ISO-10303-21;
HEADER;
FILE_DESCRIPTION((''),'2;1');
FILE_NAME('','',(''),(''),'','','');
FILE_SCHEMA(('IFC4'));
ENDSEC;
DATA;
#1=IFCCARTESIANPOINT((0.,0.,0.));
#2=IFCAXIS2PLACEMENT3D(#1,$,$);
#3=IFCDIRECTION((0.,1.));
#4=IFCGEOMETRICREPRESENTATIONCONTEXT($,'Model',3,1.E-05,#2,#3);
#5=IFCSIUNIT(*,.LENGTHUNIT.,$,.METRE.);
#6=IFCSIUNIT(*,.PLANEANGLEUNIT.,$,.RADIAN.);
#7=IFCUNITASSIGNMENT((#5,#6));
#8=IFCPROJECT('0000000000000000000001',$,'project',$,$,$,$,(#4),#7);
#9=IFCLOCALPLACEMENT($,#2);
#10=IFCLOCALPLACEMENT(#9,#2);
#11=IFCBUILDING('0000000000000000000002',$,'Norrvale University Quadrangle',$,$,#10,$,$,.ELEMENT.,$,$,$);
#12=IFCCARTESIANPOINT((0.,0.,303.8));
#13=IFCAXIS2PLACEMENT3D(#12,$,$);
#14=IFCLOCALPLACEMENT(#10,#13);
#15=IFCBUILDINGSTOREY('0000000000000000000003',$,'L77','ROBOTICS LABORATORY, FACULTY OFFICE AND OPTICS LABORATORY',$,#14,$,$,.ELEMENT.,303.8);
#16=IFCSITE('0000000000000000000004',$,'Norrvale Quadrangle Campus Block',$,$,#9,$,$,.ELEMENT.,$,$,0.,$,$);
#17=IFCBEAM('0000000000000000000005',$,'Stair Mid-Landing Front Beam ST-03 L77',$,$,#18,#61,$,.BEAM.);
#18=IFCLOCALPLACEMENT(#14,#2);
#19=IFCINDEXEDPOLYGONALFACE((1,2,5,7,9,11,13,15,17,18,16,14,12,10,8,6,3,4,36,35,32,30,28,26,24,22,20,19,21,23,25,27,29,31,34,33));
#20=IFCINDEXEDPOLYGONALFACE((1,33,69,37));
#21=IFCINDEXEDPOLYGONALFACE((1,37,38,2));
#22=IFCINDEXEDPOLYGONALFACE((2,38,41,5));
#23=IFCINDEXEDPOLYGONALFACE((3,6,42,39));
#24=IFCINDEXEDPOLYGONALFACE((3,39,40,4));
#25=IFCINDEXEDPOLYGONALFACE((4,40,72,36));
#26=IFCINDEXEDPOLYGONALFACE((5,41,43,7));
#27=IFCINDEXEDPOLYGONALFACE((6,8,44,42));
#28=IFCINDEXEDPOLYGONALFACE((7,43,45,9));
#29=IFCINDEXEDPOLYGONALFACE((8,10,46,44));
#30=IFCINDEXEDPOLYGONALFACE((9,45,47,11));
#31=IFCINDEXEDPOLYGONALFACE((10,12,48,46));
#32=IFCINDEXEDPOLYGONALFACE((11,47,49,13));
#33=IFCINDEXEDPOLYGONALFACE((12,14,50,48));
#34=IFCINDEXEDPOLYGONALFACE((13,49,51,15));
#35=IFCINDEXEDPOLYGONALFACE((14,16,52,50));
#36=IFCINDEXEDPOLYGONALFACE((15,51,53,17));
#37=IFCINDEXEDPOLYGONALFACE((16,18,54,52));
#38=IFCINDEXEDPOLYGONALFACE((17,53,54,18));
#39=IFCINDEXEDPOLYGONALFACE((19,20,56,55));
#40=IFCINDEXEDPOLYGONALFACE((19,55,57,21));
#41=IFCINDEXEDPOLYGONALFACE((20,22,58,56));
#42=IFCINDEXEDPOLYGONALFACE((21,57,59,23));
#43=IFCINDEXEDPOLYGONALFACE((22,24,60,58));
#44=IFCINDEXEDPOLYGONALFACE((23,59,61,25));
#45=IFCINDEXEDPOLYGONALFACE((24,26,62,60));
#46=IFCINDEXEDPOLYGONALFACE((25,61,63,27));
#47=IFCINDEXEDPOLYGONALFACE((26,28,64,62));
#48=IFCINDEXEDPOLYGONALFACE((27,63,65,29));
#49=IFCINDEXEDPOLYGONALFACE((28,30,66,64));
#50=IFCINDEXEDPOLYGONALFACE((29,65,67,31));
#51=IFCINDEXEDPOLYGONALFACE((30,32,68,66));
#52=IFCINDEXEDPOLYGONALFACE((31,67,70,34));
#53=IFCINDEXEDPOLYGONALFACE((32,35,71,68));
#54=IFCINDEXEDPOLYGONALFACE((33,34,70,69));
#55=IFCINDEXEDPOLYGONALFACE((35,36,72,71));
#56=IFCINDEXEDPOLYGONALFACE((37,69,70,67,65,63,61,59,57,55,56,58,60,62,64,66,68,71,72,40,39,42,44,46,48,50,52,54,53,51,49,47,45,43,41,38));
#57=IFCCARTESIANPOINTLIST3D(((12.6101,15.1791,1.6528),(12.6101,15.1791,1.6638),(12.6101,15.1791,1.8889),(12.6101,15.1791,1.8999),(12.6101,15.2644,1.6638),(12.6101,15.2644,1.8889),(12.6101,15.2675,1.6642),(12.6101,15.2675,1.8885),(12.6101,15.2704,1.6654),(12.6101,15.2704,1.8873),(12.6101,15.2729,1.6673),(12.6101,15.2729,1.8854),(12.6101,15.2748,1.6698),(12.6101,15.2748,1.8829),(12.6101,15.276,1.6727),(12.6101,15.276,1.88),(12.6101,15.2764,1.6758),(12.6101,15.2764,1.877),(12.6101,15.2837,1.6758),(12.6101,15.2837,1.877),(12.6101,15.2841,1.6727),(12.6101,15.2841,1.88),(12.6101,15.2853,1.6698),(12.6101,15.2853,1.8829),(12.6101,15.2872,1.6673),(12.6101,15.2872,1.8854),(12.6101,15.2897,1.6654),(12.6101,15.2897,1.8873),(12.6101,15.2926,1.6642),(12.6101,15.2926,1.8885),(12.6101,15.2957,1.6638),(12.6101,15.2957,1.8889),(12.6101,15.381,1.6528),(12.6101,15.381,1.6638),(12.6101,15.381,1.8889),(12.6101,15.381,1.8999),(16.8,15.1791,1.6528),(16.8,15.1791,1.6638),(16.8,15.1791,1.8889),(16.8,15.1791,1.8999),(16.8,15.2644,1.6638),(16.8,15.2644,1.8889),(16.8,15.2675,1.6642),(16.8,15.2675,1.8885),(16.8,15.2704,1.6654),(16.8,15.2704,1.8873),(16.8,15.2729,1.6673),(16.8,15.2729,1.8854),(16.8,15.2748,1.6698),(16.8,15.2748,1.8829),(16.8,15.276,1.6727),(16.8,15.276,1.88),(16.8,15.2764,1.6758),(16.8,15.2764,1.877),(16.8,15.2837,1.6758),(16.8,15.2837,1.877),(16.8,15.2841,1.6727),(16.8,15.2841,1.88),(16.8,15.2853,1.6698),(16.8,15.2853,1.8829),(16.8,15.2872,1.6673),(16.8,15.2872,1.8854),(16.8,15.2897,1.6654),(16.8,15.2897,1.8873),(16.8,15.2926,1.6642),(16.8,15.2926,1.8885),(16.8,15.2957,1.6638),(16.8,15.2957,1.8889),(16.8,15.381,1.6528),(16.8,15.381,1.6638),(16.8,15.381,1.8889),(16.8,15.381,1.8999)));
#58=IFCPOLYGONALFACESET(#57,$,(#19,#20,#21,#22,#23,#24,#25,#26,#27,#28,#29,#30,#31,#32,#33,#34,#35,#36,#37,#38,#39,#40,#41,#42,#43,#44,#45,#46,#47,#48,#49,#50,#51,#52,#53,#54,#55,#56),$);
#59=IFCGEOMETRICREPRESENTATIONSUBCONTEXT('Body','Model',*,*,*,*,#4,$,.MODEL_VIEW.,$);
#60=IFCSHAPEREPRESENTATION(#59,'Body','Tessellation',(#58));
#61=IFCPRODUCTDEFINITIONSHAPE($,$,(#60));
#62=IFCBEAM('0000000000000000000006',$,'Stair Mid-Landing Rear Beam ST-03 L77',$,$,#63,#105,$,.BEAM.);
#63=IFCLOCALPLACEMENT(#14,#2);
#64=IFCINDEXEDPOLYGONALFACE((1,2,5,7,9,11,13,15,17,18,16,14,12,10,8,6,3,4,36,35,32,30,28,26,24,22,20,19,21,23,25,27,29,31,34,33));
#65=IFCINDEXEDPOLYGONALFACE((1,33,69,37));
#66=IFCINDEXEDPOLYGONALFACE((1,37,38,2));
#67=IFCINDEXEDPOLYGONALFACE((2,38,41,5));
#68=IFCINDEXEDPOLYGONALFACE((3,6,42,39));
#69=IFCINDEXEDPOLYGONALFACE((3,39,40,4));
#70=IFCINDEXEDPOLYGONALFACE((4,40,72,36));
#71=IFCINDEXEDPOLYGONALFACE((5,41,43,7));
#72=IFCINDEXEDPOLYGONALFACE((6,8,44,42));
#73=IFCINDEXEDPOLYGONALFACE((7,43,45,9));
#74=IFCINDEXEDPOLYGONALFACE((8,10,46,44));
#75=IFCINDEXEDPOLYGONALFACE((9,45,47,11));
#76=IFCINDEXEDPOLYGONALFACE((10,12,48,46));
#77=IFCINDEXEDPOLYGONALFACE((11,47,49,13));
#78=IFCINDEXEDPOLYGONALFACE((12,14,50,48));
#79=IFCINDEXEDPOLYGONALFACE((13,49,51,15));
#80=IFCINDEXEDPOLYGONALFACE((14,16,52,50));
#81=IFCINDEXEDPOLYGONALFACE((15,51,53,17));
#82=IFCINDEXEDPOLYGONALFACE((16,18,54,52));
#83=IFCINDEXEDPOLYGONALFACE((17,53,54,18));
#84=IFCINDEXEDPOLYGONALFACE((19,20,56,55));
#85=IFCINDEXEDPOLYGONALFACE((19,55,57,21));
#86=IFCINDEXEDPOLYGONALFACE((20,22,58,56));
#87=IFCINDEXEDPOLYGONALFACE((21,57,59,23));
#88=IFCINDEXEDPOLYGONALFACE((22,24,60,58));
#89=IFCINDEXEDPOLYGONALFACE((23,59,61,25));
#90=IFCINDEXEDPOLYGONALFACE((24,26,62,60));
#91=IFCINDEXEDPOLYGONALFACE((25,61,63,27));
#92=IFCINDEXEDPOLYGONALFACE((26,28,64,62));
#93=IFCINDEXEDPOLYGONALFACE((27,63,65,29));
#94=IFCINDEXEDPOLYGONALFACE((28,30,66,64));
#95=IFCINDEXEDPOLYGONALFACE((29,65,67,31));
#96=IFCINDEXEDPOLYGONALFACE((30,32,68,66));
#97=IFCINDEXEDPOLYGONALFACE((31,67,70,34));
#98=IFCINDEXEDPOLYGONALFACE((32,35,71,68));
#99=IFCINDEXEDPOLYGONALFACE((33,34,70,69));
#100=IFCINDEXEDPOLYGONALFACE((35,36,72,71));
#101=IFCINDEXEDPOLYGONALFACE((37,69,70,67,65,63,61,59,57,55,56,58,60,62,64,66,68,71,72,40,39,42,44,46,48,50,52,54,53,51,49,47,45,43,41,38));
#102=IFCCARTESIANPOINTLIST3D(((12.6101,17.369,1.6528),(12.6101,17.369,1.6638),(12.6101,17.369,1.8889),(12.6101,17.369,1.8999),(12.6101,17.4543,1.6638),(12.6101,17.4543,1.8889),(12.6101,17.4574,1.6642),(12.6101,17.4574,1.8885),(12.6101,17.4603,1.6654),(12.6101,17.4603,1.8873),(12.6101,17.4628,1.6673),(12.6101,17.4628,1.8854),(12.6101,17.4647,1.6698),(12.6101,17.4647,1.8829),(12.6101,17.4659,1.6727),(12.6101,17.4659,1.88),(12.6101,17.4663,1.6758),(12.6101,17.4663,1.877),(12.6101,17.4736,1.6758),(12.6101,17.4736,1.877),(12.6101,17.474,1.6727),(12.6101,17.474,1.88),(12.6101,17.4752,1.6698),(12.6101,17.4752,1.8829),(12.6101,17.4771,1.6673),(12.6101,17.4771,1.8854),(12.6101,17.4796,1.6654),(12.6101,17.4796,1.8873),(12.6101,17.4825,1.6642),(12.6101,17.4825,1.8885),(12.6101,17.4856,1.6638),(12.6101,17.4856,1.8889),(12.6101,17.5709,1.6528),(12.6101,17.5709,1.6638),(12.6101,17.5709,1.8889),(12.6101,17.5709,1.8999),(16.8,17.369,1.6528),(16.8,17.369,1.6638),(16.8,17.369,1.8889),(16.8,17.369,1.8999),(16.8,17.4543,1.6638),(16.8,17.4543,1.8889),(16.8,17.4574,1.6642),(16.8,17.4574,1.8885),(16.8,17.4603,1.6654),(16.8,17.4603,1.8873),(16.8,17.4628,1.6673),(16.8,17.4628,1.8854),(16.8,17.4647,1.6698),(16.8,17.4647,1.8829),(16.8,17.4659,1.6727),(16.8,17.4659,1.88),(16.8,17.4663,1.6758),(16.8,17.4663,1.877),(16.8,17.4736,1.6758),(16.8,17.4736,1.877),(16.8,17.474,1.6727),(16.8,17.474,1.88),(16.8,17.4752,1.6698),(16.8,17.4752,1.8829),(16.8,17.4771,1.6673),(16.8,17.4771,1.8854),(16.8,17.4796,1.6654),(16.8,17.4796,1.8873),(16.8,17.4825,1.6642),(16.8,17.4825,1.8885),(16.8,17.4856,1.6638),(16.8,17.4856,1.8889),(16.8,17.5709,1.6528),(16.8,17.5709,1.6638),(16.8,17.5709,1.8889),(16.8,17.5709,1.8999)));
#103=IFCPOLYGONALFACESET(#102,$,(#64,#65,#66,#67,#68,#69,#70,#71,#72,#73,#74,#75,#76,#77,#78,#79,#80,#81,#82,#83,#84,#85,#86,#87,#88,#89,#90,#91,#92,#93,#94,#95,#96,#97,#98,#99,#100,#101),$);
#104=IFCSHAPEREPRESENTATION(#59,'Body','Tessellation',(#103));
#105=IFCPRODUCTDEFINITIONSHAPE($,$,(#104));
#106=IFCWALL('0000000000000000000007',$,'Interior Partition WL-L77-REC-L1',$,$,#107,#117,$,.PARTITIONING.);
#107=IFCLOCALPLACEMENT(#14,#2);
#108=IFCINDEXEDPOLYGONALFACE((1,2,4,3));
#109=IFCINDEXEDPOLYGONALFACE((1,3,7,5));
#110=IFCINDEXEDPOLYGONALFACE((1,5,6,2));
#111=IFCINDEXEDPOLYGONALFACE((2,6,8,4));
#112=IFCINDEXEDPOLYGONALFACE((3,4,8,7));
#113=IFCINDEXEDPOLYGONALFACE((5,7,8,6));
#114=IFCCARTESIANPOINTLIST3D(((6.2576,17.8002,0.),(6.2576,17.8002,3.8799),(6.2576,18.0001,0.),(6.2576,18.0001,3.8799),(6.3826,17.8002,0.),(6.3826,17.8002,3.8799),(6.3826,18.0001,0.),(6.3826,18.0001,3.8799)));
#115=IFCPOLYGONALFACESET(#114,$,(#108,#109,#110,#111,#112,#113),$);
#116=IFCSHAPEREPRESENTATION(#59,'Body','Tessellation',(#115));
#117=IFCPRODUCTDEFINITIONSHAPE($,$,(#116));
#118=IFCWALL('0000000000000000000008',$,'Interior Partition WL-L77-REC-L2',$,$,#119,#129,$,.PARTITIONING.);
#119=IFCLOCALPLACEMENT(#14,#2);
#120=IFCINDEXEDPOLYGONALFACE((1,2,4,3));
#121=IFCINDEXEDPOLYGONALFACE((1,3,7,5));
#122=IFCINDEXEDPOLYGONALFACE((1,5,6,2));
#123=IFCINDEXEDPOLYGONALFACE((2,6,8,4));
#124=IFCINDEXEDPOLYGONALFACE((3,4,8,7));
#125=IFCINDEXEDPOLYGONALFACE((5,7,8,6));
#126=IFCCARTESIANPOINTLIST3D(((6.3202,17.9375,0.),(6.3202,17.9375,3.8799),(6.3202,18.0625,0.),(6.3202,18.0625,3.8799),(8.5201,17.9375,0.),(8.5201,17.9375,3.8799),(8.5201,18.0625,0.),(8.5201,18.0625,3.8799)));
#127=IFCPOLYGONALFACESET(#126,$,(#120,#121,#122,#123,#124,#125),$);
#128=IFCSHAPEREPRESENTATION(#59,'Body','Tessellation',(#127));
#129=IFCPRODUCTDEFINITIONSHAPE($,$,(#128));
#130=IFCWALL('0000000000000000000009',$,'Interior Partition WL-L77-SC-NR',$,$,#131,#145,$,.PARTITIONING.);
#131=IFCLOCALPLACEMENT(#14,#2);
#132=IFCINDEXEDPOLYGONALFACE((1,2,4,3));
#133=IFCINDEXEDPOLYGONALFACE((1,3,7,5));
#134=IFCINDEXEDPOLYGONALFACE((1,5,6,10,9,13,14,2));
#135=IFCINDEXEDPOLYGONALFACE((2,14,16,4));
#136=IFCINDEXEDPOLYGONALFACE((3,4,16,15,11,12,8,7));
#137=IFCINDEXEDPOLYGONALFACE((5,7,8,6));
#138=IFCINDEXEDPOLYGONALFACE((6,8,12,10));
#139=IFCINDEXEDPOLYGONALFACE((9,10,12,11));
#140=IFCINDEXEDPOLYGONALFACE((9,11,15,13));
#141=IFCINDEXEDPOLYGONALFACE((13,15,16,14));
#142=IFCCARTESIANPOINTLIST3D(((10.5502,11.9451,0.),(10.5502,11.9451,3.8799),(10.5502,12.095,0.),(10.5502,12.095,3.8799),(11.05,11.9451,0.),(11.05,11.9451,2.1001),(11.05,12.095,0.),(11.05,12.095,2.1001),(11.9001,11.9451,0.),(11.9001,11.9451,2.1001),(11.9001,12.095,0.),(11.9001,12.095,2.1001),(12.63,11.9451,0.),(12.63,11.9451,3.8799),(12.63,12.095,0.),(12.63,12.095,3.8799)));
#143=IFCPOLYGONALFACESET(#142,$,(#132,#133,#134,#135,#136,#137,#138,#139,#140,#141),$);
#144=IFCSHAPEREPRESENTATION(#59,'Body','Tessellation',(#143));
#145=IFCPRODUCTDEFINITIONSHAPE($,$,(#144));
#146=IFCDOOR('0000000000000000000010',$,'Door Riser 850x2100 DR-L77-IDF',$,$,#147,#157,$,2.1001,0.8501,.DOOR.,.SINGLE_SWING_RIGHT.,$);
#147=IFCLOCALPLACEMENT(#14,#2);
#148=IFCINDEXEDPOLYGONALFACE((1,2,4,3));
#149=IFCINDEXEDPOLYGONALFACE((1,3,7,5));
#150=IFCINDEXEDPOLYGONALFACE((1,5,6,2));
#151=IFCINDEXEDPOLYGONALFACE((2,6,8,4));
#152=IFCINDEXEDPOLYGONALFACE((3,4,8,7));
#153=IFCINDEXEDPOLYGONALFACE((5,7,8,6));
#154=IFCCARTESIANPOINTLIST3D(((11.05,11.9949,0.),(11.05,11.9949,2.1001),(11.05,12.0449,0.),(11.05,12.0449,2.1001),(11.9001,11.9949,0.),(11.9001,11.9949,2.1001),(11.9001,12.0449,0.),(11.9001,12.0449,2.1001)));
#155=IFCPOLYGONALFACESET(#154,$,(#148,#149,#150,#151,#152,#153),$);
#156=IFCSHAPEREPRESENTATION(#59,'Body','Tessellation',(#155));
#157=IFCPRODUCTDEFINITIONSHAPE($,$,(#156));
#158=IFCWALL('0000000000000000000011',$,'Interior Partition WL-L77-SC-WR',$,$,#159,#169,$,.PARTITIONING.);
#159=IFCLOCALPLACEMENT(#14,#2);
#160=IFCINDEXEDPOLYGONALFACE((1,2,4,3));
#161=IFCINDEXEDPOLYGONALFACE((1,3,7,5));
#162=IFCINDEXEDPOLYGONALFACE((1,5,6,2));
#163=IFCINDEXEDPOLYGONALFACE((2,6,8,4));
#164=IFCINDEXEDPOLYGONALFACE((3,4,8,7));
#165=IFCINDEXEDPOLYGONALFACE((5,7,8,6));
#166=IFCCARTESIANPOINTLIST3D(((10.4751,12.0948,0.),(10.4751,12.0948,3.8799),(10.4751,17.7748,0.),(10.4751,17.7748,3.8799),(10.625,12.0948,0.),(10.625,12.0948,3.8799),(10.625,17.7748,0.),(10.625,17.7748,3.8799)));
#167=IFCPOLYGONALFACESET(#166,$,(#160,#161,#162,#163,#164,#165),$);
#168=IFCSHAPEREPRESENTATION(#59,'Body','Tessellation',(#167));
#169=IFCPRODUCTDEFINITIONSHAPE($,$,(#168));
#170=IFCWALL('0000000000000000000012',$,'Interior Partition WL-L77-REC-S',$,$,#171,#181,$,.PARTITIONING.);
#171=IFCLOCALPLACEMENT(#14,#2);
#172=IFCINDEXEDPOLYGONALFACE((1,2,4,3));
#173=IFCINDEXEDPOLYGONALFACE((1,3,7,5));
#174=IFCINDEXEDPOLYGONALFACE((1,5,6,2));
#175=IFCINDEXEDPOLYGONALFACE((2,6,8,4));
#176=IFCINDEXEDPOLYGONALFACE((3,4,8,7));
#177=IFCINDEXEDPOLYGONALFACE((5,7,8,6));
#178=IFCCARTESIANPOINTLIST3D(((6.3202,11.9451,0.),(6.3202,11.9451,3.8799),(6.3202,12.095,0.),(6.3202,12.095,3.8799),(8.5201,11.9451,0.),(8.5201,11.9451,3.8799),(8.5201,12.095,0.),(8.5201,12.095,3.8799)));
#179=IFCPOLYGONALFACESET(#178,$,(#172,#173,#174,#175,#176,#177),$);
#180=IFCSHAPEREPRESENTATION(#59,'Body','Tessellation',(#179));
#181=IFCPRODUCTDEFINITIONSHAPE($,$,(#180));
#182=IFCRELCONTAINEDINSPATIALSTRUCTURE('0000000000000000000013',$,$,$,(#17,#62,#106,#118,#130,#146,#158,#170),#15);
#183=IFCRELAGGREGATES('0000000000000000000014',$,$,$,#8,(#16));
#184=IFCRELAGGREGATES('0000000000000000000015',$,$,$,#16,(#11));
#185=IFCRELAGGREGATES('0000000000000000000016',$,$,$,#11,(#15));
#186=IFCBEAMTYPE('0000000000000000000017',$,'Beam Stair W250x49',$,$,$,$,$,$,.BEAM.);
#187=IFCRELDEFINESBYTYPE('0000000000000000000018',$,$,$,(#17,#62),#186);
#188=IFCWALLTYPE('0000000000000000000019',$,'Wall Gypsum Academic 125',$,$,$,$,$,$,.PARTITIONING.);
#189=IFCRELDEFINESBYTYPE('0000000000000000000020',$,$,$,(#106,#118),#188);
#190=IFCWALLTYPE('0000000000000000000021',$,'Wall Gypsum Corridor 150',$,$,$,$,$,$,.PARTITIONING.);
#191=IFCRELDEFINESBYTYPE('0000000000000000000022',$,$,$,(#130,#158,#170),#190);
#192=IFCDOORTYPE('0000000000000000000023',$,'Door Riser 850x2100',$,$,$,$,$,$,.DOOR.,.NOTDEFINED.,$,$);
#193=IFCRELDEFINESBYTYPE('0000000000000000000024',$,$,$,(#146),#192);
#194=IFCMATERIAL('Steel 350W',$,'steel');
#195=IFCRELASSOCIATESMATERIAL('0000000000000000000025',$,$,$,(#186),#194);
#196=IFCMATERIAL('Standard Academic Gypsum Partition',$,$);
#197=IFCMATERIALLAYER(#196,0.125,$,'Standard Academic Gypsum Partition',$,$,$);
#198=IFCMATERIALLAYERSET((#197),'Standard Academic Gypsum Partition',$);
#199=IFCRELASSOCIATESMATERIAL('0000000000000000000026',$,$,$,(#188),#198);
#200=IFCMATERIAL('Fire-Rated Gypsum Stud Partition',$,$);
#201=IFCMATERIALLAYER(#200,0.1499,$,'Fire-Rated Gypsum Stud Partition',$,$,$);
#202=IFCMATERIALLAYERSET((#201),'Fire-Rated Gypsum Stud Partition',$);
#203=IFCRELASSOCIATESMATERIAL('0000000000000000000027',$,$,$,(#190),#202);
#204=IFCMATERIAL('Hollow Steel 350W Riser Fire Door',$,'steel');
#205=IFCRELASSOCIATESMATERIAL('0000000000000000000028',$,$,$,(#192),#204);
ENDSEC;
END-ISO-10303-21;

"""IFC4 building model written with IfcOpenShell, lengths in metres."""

from ifc_helpers import new_model, si_unit, direction, frame, frame_2d, origin, origin_2d, place, context, subcontext, project, spatial, rectangle, i_section, extrude, material, layer, layer_set, material_profile, profile_set, type_object, element, fill, save


model = new_model("IFC4")

# Units and contexts
model_context = context("Model", 3, precision=1e-05, world=origin(), true_north=direction((0.0, 1.0)))
body_context = subcontext(model_context, "Body", "Model", "MODEL_VIEW")
ifc_project = project(units=[si_unit("LENGTHUNIT", "METRE"), si_unit("PLANEANGLEUNIT", "RADIAN")], contexts=[model_context])

# Site, building, storey
site_placement = place(None, origin())
site = spatial("IfcSite", under=ifc_project, at=site_placement, Name="Norrvale Quadrangle Campus Block", CompositionType="ELEMENT", RefElevation=0.0)
building_placement = place(site_placement, origin())
building = spatial("IfcBuilding", under=site, at=building_placement, Name="Norrvale University Quadrangle", CompositionType="ELEMENT")
storey_placement = place(building_placement, frame((0.0, 0.0, 303.8)))
storey = spatial("IfcBuildingStorey", under=building, at=storey_placement, Name="L77", Description="ROBOTICS LABORATORY, FACULTY OFFICE AND OPTICS LABORATORY", CompositionType="ELEMENT", Elevation=303.8)

# Beams
ifc_material_1 = material(Name="Steel 350W", Category="steel")
ifc_material_profile = material_profile(ifc_material_1, i_section(OverallWidth=0.2019, OverallDepth=0.2471, WebThickness=0.0073, FlangeThickness=0.011, FilletRadius=0.012, at=origin_2d()), Name="Steel 350W")
ifc_profile_set = profile_set([ifc_material_profile], Name="Steel 350W")
beam_type = type_object("IfcBeamType", Name="Beam Stair W250x49", PredefinedType="BEAM", material=ifc_profile_set)
for number, where, z_axis, x_axis, name in (
    (1, (12.6101, 15.28, 1.7764), (1.0, 0.0, 0.0), (0.0, 1.0, 0.0), "Stair Mid-Landing Front Beam ST-03 L77"),
    (2, (12.6101, 17.47, 1.7764), (1.0, 0.0, 0.0), (0.0, 1.0, 0.0), "Stair Mid-Landing Rear Beam ST-03 L77"),
):
    element("IfcBeam", number, at=place(storey_placement, frame(where, z_axis=z_axis, x_axis=x_axis)), inside=storey, type_object=beam_type, Name=name, PredefinedType="BEAM", context=body_context, shape_type="SweptSolid", body=[
        extrude(i_section(OverallWidth=0.2019, OverallDepth=0.2471, WebThickness=0.0073, FlangeThickness=0.011, FilletRadius=0.012, at=origin_2d()), origin(), (0.0, 0.0, 1.0), 4.1899),
    ])

# Walls
ifc_material_2 = material(Name="Standard Academic Gypsum Partition")
ifc_layer_1 = layer(ifc_material_2, 0.125, Name="Standard Academic Gypsum Partition")
ifc_layer_set_1 = layer_set([ifc_layer_1], Name="Standard Academic Gypsum Partition")
wall_type_1 = type_object("IfcWallType", Name="Wall Gypsum Academic 125", PredefinedType="PARTITIONING", material=ifc_layer_set_1)
wall_1_placement = place(storey_placement, frame((6.3201, 17.8, 0.0), z_axis=(0.0, 0.0, 1.0), x_axis=(0.0, 1.0, 0.0)))
element("IfcWall", 3, at=wall_1_placement, inside=storey, type_object=wall_type_1, Name="Interior Partition WL-L77-REC-L1", PredefinedType="PARTITIONING", context=body_context, shape_type="SweptSolid", body=[
    extrude(rectangle(XDim=0.2, YDim=0.125, at=frame_2d((0.1001, 0.0))), origin(), (0.0, 0.0, 1.0), 3.8799),
])
wall_2_placement = place(storey_placement, frame((6.3201, 18.0, 0.0), z_axis=(0.0, 0.0, 1.0), x_axis=(1.0, 0.0, 0.0)))
element("IfcWall", 4, at=wall_2_placement, inside=storey, type_object=wall_type_1, Name="Interior Partition WL-L77-REC-L2", PredefinedType="PARTITIONING", context=body_context, shape_type="SweptSolid", body=[
    extrude(rectangle(XDim=2.2, YDim=0.125, at=frame_2d((1.1001, 0.0))), origin(), (0.0, 0.0, 1.0), 3.8799),
])

# Wall, opening, door
ifc_material_3 = material(Name="Fire-Rated Gypsum Stud Partition")
ifc_layer_2 = layer(ifc_material_3, 0.1499, Name="Fire-Rated Gypsum Stud Partition")
ifc_layer_set_2 = layer_set([ifc_layer_2], Name="Fire-Rated Gypsum Stud Partition")
wall_type_2 = type_object("IfcWallType", Name="Wall Gypsum Corridor 150", PredefinedType="PARTITIONING", material=ifc_layer_set_2)
wall_3_placement = place(storey_placement, frame((10.55, 12.02, 0.0), z_axis=(0.0, 0.0, 1.0), x_axis=(1.0, 0.0, 0.0)))
wall_3 = element("IfcWall", 5, at=wall_3_placement, inside=storey, type_object=wall_type_2, Name="Interior Partition WL-L77-SC-NR", PredefinedType="PARTITIONING", context=body_context, shape_type="SweptSolid", body=[
    extrude(rectangle(XDim=2.0798, YDim=0.1499, at=frame_2d((1.04, 0.0))), origin(), (0.0, 0.0, 1.0), 3.8799),
])
opening_1_placement = place(wall_3_placement, frame((0.5, 0.0, 0.0)))
opening_1 = element("IfcOpeningElement", 6, at=opening_1_placement, cuts=wall_3, PredefinedType="OPENING", context=body_context, shape_type="SweptSolid", body=[
    extrude(rectangle(XDim=0.8501, YDim=2.1001, at=frame_2d((0.425, 1.05))), frame((0.0, 0.0869, 0.0), z_axis=(0.0, -1.0, 0.0), x_axis=(1.0, 0.0, 0.0)), (0.0, 0.0, 1.0), 0.1738),
])
ifc_material_4 = material(Name="Hollow Steel 350W Riser Fire Door", Category="steel")
door_type_1 = type_object("IfcDoorType", Name="Door Riser 850x2100", OperationType="NOTDEFINED", PredefinedType="DOOR", material=ifc_material_4)
door_1_placement = place(opening_1_placement, origin())
door_1 = element("IfcDoor", 7, at=door_1_placement, inside=storey, type_object=door_type_1, Name="Door Riser 850x2100 DR-L77-IDF", OperationType="SINGLE_SWING_RIGHT", OverallHeight=2.1001, OverallWidth=0.8501, PredefinedType="DOOR", context=body_context, shape_type="SweptSolid", body=[
    extrude(rectangle(XDim=0.8501, YDim=2.1001, at=frame_2d((0.425, 1.05))), frame((0.0, 0.0249, 0.0), z_axis=(0.0, -1.0, 0.0), x_axis=(1.0, 0.0, 0.0)), (0.0, 0.0, 1.0), 0.05),
])
fill(opening_1, door_1)

# Walls
wall_4_placement = place(storey_placement, frame((10.55, 12.095, 0.0), z_axis=(0.0, 0.0, 1.0), x_axis=(0.0, 1.0, 0.0)))
element("IfcWall", 8, at=wall_4_placement, inside=storey, type_object=wall_type_2, Name="Interior Partition WL-L77-SC-WR", PredefinedType="PARTITIONING", context=body_context, shape_type="SweptSolid", body=[
    extrude(rectangle(XDim=5.6799, YDim=0.1499, at=frame_2d((2.8398, 0.0))), origin(), (0.0, 0.0, 1.0), 3.8799),
])
wall_5_placement = place(storey_placement, frame((6.3201, 12.02, 0.0), z_axis=(0.0, 0.0, 1.0), x_axis=(1.0, 0.0, 0.0)))
element("IfcWall", 9, at=wall_5_placement, inside=storey, type_object=wall_type_2, Name="Interior Partition WL-L77-REC-S", PredefinedType="PARTITIONING", context=body_context, shape_type="SweptSolid", body=[
    extrude(rectangle(XDim=2.2, YDim=0.1499, at=frame_2d((1.1001, 0.0))), origin(), (0.0, 0.0, 1.0), 3.8799),
])

save(model, "model.ifc")
